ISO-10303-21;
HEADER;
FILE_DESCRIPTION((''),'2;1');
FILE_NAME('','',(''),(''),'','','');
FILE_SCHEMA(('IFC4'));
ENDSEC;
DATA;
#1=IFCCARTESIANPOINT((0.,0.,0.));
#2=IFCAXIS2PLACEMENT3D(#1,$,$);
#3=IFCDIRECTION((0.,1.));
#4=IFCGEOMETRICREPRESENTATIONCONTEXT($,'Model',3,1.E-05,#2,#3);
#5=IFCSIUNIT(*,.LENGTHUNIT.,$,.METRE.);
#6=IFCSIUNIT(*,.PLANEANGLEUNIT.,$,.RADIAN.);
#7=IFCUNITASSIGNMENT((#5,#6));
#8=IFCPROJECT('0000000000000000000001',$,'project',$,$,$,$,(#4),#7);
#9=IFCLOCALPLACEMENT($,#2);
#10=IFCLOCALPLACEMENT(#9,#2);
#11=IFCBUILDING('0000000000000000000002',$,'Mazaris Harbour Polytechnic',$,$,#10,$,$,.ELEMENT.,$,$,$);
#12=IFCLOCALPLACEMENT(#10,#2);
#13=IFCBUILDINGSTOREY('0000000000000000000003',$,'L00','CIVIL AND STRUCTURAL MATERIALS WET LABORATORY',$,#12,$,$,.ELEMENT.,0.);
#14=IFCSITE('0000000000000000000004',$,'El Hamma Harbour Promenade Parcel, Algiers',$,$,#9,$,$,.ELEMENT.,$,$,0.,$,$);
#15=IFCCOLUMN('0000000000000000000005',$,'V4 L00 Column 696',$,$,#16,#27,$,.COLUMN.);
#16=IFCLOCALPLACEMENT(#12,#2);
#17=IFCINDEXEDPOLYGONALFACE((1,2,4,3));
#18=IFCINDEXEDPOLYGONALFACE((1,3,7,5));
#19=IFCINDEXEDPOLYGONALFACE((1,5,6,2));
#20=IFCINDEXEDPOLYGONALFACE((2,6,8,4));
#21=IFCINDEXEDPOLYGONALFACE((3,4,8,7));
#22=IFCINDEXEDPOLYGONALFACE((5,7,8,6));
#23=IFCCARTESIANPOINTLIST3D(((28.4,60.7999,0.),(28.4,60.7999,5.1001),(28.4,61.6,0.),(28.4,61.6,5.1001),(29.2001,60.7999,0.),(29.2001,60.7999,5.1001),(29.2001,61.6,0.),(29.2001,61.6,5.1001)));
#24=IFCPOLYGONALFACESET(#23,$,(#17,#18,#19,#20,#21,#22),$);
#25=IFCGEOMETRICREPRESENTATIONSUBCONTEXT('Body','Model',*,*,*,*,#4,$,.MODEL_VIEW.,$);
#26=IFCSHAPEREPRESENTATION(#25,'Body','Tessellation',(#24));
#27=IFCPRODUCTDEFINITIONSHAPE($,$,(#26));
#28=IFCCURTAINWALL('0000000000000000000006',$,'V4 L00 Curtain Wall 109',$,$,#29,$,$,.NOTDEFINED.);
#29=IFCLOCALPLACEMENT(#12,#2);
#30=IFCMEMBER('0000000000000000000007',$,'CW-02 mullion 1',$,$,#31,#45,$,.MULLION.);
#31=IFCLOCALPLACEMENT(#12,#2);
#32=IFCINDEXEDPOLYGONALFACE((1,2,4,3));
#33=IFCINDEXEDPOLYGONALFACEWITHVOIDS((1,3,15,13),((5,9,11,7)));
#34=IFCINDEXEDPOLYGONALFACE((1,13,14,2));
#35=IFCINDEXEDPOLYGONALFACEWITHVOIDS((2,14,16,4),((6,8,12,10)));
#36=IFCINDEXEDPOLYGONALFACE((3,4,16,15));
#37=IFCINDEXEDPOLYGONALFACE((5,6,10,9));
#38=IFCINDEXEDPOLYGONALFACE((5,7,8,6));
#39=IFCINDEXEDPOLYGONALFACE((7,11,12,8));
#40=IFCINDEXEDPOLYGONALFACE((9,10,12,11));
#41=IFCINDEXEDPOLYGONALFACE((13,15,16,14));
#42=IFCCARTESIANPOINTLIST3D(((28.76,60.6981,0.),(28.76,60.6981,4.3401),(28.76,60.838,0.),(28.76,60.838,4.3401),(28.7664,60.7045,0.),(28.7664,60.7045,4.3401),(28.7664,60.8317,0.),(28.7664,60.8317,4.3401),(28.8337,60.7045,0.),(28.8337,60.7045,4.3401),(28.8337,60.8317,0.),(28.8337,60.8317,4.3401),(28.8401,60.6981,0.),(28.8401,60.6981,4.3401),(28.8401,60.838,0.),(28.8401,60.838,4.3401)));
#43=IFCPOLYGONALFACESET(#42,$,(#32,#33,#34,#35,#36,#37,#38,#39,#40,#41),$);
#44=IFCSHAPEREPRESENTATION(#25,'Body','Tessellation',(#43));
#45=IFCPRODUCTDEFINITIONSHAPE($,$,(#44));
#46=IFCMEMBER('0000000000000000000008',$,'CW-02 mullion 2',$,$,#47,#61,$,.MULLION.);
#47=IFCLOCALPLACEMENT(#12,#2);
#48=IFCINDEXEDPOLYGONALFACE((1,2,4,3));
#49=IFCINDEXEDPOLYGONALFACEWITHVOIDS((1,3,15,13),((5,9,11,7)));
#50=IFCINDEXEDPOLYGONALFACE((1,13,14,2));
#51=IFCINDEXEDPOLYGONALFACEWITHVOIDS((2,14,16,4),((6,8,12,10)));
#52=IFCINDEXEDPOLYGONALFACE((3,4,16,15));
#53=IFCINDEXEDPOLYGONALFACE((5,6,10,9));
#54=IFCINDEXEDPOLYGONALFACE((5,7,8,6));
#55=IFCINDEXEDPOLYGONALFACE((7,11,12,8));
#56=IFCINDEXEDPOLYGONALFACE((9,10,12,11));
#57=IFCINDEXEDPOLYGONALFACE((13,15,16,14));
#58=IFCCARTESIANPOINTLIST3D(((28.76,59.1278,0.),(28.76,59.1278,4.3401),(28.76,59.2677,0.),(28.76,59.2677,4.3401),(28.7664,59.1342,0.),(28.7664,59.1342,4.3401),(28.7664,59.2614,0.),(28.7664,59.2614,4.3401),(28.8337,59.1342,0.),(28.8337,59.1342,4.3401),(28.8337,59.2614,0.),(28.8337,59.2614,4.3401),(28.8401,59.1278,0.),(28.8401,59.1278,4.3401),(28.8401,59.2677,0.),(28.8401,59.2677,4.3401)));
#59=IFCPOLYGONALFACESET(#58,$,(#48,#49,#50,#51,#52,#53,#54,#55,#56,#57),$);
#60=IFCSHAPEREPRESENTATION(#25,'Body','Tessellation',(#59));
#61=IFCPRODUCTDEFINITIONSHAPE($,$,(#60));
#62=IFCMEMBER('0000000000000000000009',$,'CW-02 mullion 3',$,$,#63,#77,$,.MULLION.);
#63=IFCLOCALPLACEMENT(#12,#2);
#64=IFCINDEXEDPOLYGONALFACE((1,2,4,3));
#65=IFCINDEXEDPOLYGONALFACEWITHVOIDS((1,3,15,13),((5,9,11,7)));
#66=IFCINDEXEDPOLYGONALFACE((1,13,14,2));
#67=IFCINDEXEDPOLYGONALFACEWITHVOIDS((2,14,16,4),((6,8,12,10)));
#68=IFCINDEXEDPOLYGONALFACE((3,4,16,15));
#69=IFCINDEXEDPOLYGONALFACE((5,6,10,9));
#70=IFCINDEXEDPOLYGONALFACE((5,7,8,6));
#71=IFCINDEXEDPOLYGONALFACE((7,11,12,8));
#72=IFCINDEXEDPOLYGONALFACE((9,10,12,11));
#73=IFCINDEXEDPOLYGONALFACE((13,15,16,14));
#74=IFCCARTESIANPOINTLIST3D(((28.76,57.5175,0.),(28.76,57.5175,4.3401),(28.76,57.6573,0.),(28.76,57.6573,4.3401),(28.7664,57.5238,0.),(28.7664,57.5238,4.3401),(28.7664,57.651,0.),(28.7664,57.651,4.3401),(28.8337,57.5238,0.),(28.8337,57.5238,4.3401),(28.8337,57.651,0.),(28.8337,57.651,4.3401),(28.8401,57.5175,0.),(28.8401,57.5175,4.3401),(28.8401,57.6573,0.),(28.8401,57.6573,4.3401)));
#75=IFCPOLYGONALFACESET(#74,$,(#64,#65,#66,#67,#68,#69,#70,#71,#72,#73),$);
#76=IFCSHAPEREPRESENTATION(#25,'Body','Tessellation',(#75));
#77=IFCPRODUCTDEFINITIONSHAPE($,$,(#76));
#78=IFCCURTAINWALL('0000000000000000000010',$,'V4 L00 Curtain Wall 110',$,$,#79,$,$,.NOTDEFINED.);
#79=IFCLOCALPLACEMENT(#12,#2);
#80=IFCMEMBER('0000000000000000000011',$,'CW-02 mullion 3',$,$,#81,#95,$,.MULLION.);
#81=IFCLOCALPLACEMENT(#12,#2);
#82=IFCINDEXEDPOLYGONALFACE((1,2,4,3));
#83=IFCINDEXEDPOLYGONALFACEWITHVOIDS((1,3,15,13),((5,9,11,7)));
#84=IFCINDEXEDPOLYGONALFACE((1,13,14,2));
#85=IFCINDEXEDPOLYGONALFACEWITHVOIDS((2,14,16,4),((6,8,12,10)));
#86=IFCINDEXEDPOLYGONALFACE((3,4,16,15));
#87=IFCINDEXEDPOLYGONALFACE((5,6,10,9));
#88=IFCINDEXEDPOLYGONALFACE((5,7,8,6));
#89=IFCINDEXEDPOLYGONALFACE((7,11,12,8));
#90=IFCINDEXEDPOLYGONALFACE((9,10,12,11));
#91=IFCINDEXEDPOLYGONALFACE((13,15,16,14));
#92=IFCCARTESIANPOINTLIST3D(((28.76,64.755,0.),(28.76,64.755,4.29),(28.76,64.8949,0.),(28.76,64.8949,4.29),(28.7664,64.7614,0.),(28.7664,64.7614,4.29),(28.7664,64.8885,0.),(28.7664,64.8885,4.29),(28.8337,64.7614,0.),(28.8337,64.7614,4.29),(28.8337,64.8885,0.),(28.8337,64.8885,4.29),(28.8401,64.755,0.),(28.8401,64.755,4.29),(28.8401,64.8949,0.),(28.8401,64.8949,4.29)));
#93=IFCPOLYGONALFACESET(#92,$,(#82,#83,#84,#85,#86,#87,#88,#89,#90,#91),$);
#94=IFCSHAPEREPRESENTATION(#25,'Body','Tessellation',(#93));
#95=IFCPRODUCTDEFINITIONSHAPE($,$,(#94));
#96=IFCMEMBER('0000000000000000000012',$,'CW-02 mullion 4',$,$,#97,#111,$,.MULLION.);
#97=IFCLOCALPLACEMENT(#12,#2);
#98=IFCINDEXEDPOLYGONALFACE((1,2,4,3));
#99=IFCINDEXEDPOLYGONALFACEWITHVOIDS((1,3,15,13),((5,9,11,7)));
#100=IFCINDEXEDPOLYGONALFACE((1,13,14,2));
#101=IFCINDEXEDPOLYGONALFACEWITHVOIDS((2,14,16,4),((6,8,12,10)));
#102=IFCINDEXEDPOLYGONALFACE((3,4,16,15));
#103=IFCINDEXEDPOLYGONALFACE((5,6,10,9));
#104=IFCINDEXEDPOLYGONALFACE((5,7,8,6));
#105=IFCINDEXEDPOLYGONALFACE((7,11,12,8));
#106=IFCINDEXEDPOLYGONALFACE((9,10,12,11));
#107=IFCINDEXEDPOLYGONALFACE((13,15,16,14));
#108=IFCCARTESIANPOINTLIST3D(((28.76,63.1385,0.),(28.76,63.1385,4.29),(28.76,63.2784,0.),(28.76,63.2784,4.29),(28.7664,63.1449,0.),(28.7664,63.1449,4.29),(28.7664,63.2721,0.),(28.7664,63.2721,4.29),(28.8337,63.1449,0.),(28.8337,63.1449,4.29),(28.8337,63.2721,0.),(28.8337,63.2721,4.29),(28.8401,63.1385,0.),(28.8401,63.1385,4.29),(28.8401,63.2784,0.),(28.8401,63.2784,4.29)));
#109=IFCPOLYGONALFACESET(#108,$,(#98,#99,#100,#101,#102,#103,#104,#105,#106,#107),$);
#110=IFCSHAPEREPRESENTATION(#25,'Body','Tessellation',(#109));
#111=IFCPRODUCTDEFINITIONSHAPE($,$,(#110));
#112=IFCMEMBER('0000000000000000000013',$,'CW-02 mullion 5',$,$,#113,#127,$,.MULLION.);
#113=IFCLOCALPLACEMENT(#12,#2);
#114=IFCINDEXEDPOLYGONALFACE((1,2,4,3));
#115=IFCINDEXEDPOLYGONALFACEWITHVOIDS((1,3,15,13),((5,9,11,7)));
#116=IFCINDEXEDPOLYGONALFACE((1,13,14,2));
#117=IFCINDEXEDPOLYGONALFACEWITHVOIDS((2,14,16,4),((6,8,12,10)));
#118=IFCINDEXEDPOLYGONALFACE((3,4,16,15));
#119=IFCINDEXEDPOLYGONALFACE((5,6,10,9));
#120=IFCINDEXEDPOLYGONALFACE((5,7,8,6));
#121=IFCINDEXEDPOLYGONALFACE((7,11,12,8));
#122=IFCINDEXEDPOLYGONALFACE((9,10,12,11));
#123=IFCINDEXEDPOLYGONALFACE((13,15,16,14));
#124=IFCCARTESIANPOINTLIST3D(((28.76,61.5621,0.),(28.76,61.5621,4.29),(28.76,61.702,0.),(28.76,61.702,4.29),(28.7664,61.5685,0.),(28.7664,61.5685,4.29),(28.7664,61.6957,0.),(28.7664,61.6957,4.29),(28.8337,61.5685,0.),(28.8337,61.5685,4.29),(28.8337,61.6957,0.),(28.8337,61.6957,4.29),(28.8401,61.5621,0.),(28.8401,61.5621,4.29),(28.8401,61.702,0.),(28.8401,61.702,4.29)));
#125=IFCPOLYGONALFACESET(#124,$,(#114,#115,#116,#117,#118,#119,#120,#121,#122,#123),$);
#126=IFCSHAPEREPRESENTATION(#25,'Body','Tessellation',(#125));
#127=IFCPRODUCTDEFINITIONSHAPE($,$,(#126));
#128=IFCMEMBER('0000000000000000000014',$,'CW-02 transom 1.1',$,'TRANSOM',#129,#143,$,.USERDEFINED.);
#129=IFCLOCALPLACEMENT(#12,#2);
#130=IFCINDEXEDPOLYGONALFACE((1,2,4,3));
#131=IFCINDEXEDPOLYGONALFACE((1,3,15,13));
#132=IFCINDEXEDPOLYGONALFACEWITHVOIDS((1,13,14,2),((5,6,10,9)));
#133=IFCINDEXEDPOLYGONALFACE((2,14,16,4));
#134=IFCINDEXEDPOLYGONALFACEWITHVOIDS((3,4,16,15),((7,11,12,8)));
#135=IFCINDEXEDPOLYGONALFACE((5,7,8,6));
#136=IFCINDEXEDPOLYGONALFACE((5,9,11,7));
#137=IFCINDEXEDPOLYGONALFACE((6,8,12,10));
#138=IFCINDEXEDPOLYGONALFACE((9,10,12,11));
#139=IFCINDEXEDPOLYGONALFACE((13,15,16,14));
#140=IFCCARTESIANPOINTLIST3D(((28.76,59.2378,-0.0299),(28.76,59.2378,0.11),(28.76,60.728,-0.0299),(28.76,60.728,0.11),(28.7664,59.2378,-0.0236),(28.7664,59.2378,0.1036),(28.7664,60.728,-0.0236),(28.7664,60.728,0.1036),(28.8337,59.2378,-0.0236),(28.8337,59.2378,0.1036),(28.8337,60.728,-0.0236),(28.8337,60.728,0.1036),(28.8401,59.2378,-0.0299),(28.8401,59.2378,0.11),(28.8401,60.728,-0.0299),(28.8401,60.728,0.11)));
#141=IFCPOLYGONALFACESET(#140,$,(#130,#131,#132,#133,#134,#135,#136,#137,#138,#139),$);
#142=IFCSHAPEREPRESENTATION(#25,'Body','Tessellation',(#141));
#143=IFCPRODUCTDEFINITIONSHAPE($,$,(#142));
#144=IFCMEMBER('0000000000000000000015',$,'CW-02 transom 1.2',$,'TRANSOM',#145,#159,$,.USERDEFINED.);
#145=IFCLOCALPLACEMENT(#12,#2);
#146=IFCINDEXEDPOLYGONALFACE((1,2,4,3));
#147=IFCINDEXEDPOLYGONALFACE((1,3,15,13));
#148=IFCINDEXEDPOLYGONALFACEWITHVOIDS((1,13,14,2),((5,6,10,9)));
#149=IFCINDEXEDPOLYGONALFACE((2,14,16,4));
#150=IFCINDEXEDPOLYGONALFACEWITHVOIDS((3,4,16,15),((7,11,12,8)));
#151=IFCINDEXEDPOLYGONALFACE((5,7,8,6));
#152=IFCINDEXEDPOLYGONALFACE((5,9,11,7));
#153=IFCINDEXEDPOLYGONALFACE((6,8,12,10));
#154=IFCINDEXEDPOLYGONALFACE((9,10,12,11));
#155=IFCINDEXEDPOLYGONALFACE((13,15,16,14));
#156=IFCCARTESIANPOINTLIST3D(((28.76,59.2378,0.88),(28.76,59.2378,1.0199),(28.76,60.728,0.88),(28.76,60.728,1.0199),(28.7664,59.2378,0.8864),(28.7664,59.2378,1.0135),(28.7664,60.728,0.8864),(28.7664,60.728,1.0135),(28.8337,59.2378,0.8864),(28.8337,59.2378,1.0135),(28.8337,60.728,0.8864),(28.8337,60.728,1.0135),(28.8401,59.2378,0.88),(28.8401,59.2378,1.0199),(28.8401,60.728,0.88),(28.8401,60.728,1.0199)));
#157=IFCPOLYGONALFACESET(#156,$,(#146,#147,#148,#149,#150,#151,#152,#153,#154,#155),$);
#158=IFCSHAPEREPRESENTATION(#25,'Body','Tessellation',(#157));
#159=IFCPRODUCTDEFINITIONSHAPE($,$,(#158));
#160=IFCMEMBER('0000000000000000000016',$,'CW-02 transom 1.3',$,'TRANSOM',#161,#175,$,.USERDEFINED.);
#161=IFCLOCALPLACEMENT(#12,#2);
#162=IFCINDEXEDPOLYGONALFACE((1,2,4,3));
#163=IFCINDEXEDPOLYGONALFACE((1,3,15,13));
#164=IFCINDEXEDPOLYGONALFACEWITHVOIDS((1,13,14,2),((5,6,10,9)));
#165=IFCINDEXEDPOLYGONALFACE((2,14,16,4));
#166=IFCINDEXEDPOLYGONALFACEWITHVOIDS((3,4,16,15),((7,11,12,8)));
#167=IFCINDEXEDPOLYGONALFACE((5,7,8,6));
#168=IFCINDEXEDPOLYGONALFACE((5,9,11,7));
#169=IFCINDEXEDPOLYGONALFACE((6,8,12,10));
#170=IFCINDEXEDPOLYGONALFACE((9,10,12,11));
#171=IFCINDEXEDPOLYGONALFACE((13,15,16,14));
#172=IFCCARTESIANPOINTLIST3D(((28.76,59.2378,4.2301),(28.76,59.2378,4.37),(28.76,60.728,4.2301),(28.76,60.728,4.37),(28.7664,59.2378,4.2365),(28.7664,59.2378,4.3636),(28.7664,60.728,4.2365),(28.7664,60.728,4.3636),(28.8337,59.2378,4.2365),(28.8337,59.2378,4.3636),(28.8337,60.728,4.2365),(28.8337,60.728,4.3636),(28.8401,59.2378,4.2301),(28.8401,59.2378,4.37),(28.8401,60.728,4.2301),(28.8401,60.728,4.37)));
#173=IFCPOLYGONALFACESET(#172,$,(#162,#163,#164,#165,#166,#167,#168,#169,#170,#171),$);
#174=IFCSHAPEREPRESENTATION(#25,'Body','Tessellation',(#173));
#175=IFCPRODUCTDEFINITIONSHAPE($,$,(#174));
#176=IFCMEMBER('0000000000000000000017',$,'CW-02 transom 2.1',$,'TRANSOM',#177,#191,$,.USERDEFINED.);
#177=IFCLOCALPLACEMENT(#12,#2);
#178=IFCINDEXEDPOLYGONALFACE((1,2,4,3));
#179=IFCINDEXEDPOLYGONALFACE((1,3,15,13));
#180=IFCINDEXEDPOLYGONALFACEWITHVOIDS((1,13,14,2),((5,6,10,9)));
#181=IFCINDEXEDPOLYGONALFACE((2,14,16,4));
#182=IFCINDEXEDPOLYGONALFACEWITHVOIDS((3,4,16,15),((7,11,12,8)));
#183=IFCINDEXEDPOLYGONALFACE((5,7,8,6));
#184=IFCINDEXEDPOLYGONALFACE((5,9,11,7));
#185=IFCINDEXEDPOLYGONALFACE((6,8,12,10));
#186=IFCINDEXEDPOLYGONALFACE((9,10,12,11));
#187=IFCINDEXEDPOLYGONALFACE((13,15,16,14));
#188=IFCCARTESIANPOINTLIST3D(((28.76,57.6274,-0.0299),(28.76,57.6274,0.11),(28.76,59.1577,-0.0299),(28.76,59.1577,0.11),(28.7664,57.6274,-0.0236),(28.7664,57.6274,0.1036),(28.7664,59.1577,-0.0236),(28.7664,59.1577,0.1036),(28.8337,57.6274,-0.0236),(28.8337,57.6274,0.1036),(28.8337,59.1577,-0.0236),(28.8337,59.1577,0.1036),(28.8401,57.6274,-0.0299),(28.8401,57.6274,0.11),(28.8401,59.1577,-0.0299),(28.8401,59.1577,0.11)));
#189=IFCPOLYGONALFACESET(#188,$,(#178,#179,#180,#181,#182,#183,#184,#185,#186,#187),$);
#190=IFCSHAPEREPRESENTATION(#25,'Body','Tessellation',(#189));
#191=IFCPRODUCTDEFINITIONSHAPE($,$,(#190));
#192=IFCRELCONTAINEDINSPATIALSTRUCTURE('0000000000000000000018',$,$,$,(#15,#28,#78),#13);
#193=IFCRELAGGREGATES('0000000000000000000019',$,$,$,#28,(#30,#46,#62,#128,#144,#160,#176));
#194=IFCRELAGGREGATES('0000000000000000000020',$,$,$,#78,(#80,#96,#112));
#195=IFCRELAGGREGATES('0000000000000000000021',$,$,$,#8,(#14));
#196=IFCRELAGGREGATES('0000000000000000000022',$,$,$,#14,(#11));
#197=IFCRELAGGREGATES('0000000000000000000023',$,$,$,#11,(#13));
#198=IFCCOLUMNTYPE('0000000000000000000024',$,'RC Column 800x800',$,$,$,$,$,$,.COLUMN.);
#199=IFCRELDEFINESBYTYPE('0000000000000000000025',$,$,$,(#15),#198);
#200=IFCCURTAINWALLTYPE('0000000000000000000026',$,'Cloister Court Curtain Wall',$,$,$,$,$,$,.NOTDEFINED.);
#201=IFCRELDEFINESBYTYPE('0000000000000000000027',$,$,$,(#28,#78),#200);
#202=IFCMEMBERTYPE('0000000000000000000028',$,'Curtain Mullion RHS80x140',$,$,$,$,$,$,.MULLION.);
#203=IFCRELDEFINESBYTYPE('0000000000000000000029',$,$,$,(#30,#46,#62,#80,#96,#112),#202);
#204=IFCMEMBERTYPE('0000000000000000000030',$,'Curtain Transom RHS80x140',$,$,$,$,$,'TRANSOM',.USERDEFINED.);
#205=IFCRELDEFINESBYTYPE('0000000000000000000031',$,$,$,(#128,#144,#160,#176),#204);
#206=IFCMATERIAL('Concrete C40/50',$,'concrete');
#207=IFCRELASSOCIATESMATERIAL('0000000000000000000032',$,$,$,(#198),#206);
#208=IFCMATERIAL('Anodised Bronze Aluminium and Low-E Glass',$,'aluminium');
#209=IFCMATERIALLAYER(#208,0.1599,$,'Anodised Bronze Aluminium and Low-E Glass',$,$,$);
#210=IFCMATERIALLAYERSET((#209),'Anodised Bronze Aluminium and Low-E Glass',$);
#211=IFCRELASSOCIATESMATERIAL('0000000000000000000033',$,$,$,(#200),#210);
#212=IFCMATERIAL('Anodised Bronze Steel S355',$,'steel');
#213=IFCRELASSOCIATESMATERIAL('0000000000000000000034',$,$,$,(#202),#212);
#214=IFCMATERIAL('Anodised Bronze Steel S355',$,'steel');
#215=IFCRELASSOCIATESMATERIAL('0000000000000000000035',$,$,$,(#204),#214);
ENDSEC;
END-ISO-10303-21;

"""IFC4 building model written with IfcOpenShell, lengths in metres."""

from ifc_helpers import new_model, si_unit, direction, frame, origin, origin_2d, place, context, subcontext, project, spatial, rectangle, hollow_rectangle, extrude, material, layer, layer_set, material_profile, profile_set, type_object, element, aggregate, save


model = new_model("IFC4")

# Units and contexts
model_context = context("Model", 3, precision=1e-05, world=origin(), true_north=direction((0.0, 1.0)))
body_context = subcontext(model_context, "Body", "Model", "MODEL_VIEW")
ifc_project = project(units=[si_unit("LENGTHUNIT", "METRE"), si_unit("PLANEANGLEUNIT", "RADIAN")], contexts=[model_context])

# Site, building, storey
site_placement = place(None, origin())
site = spatial("IfcSite", under=ifc_project, at=site_placement, Name="El Hamma Harbour Promenade Parcel, Algiers", CompositionType="ELEMENT", RefElevation=0.0)
building_placement = place(site_placement, origin())
building = spatial("IfcBuilding", under=site, at=building_placement, Name="Mazaris Harbour Polytechnic", CompositionType="ELEMENT")
storey_placement = place(building_placement, origin())
storey = spatial("IfcBuildingStorey", under=building, at=storey_placement, Name="L00", Description="CIVIL AND STRUCTURAL MATERIALS WET LABORATORY", CompositionType="ELEMENT", Elevation=0.0)

# Column
ifc_material_1 = material(Name="Concrete C40/50", Category="concrete")
ifc_material_profile_1 = material_profile(ifc_material_1, rectangle(XDim=0.8, YDim=0.8, at=origin_2d()), Name="RECT800x800")
ifc_profile_set_1 = profile_set([ifc_material_profile_1], Name="Concrete C40/50")
column_type = type_object("IfcColumnType", Name="RC Column 800x800", PredefinedType="COLUMN", material=ifc_profile_set_1)
column_placement = place(storey_placement, frame((28.8, 61.2, 0.0), z_axis=(0.0, 0.0, 1.0), x_axis=(1.0, 0.0, 0.0)))
element("IfcColumn", 1, at=column_placement, inside=storey, type_object=column_type, Name="V4 L00 Column 696", PredefinedType="COLUMN", context=body_context, shape_type="SweptSolid", body=[
    extrude(rectangle(XDim=0.8, YDim=0.8, at=origin_2d()), origin(), (0.0, 0.0, 1.0), 5.1001),
])

# Curtain walls, members
ifc_material_2 = material(Name="Anodised Bronze Aluminium and Low-E Glass", Category="aluminium")
ifc_layer_1 = layer(ifc_material_2, 0.1599, Name="Anodised Bronze Aluminium and Low-E Glass")
ifc_layer_set_1 = layer_set([ifc_layer_1], Name="Anodised Bronze Aluminium and Low-E Glass")
curtain_wall_type = type_object("IfcCurtainWallType", Name="Cloister Court Curtain Wall", PredefinedType="NOTDEFINED", material=ifc_layer_set_1)
curtain_wall_1_placement = place(storey_placement, origin())
curtain_wall_1 = element("IfcCurtainWall", 2, at=curtain_wall_1_placement, inside=storey, type_object=curtain_wall_type, Name="V4 L00 Curtain Wall 109", PredefinedType="NOTDEFINED")
ifc_material_3 = material(Name="Anodised Bronze Steel S355", Category="steel")
ifc_material_profile_2 = material_profile(ifc_material_3, hollow_rectangle(XDim=0.0801, YDim=0.1399, WallThickness=0.0063, at=origin_2d()), Name="RHS 80x140x6.3")
ifc_profile_set_2 = profile_set([ifc_material_profile_2], Name="Anodised Bronze Steel S355")
member_type_1 = type_object("IfcMemberType", Name="Curtain Mullion RHS80x140", PredefinedType="MULLION", material=ifc_profile_set_2)
member_1_placement = place(storey_placement, frame((28.8, 60.7681, 0.0), z_axis=(0.0, 0.0, 1.0), x_axis=(1.0, 0.0, 0.0)))
member_1 = element("IfcMember", 3, at=member_1_placement, type_object=member_type_1, Name="CW-02 mullion 1", PredefinedType="MULLION", context=body_context, shape_type="SweptSolid", body=[
    extrude(hollow_rectangle(XDim=0.0801, YDim=0.1399, WallThickness=0.0063, at=origin_2d()), origin(), (0.0, 0.0, 1.0), 4.3401),
])
member_2_placement = place(storey_placement, frame((28.8, 59.1978, 0.0), z_axis=(0.0, 0.0, 1.0), x_axis=(1.0, 0.0, 0.0)))
member_2 = element("IfcMember", 4, at=member_2_placement, type_object=member_type_1, Name="CW-02 mullion 2", PredefinedType="MULLION", context=body_context, shape_type="SweptSolid", body=[
    extrude(hollow_rectangle(XDim=0.0801, YDim=0.1399, WallThickness=0.0063, at=origin_2d()), origin(), (0.0, 0.0, 1.0), 4.3401),
])
member_3_placement = place(storey_placement, frame((28.8, 57.5874, 0.0), z_axis=(0.0, 0.0, 1.0), x_axis=(1.0, 0.0, 0.0)))
member_3 = element("IfcMember", 5, at=member_3_placement, type_object=member_type_1, Name="CW-02 mullion 3", PredefinedType="MULLION", context=body_context, shape_type="SweptSolid", body=[
    extrude(hollow_rectangle(XDim=0.0801, YDim=0.1399, WallThickness=0.0063, at=origin_2d()), origin(), (0.0, 0.0, 1.0), 4.3401),
])
curtain_wall_2_placement = place(storey_placement, origin())
curtain_wall_2 = element("IfcCurtainWall", 6, at=curtain_wall_2_placement, inside=storey, type_object=curtain_wall_type, Name="V4 L00 Curtain Wall 110", PredefinedType="NOTDEFINED")
member_4_placement = place(storey_placement, frame((28.8, 64.825, 0.0), z_axis=(0.0, 0.0, 1.0), x_axis=(1.0, 0.0, 0.0)))
member_4 = element("IfcMember", 7, at=member_4_placement, type_object=member_type_1, Name="CW-02 mullion 3", PredefinedType="MULLION", context=body_context, shape_type="SweptSolid", body=[
    extrude(hollow_rectangle(XDim=0.0801, YDim=0.1399, WallThickness=0.0063, at=origin_2d()), origin(), (0.0, 0.0, 1.0), 4.29),
])
member_5_placement = place(storey_placement, frame((28.8, 63.2085, 0.0), z_axis=(0.0, 0.0, 1.0), x_axis=(1.0, 0.0, 0.0)))
member_5 = element("IfcMember", 8, at=member_5_placement, type_object=member_type_1, Name="CW-02 mullion 4", PredefinedType="MULLION", context=body_context, shape_type="SweptSolid", body=[
    extrude(hollow_rectangle(XDim=0.0801, YDim=0.1399, WallThickness=0.0063, at=origin_2d()), origin(), (0.0, 0.0, 1.0), 4.29),
])
member_6_placement = place(storey_placement, frame((28.8, 61.6321, 0.0), z_axis=(0.0, 0.0, 1.0), x_axis=(1.0, 0.0, 0.0)))
member_6 = element("IfcMember", 9, at=member_6_placement, type_object=member_type_1, Name="CW-02 mullion 5", PredefinedType="MULLION", context=body_context, shape_type="SweptSolid", body=[
    extrude(hollow_rectangle(XDim=0.0801, YDim=0.1399, WallThickness=0.0063, at=origin_2d()), origin(), (0.0, 0.0, 1.0), 4.29),
])

# Members
ifc_material_4 = material(Name="Anodised Bronze Steel S355", Category="steel")
ifc_material_profile_3 = material_profile(ifc_material_4, hollow_rectangle(XDim=0.0801, YDim=0.1399, WallThickness=0.0063, at=origin_2d()), Name="RHS 80x140x6.3")
ifc_profile_set_3 = profile_set([ifc_material_profile_3], Name="Anodised Bronze Steel S355")
member_type_2 = type_object("IfcMemberType", Name="Curtain Transom RHS80x140", ElementType="TRANSOM", PredefinedType="USERDEFINED", material=ifc_profile_set_3)
member_7_placement = place(storey_placement, frame((28.8, 60.728, 0.04), z_axis=(0.0, -1.0, 0.0), x_axis=(1.0, 0.0, 0.0)))
member_7 = element("IfcMember", 10, at=member_7_placement, type_object=member_type_2, Name="CW-02 transom 1.1", ObjectType="TRANSOM", PredefinedType="USERDEFINED", context=body_context, shape_type="SweptSolid", body=[
    extrude(hollow_rectangle(XDim=0.0801, YDim=0.1399, WallThickness=0.0063, at=origin_2d()), origin(), (0.0, 0.0, 1.0), 1.4902),
])
member_8_placement = place(storey_placement, frame((28.8, 60.728, 0.95), z_axis=(0.0, -1.0, 0.0), x_axis=(1.0, 0.0, 0.0)))
member_8 = element("IfcMember", 11, at=member_8_placement, type_object=member_type_2, Name="CW-02 transom 1.2", ObjectType="TRANSOM", PredefinedType="USERDEFINED", context=body_context, shape_type="SweptSolid", body=[
    extrude(hollow_rectangle(XDim=0.0801, YDim=0.1399, WallThickness=0.0063, at=origin_2d()), origin(), (0.0, 0.0, 1.0), 1.4902),
])
member_9_placement = place(storey_placement, frame((28.8, 60.728, 4.3), z_axis=(0.0, -1.0, 0.0), x_axis=(1.0, 0.0, 0.0)))
member_9 = element("IfcMember", 12, at=member_9_placement, type_object=member_type_2, Name="CW-02 transom 1.3", ObjectType="TRANSOM", PredefinedType="USERDEFINED", context=body_context, shape_type="SweptSolid", body=[
    extrude(hollow_rectangle(XDim=0.0801, YDim=0.1399, WallThickness=0.0063, at=origin_2d()), origin(), (0.0, 0.0, 1.0), 1.4902),
])
member_10_placement = place(storey_placement, frame((28.8, 59.1577, 0.04), z_axis=(0.0, -1.0, 0.0), x_axis=(1.0, 0.0, 0.0)))
member_10 = element("IfcMember", 13, at=member_10_placement, type_object=member_type_2, Name="CW-02 transom 2.1", ObjectType="TRANSOM", PredefinedType="USERDEFINED", context=body_context, shape_type="SweptSolid", body=[
    extrude(hollow_rectangle(XDim=0.0801, YDim=0.1399, WallThickness=0.0063, at=origin_2d()), origin(), (0.0, 0.0, 1.0), 1.5303),
])

aggregate(curtain_wall_1, [member_1, member_2, member_3, member_7, member_8, member_9, member_10])
aggregate(curtain_wall_2, [member_4, member_5, member_6])

save(model, "model.ifc")
